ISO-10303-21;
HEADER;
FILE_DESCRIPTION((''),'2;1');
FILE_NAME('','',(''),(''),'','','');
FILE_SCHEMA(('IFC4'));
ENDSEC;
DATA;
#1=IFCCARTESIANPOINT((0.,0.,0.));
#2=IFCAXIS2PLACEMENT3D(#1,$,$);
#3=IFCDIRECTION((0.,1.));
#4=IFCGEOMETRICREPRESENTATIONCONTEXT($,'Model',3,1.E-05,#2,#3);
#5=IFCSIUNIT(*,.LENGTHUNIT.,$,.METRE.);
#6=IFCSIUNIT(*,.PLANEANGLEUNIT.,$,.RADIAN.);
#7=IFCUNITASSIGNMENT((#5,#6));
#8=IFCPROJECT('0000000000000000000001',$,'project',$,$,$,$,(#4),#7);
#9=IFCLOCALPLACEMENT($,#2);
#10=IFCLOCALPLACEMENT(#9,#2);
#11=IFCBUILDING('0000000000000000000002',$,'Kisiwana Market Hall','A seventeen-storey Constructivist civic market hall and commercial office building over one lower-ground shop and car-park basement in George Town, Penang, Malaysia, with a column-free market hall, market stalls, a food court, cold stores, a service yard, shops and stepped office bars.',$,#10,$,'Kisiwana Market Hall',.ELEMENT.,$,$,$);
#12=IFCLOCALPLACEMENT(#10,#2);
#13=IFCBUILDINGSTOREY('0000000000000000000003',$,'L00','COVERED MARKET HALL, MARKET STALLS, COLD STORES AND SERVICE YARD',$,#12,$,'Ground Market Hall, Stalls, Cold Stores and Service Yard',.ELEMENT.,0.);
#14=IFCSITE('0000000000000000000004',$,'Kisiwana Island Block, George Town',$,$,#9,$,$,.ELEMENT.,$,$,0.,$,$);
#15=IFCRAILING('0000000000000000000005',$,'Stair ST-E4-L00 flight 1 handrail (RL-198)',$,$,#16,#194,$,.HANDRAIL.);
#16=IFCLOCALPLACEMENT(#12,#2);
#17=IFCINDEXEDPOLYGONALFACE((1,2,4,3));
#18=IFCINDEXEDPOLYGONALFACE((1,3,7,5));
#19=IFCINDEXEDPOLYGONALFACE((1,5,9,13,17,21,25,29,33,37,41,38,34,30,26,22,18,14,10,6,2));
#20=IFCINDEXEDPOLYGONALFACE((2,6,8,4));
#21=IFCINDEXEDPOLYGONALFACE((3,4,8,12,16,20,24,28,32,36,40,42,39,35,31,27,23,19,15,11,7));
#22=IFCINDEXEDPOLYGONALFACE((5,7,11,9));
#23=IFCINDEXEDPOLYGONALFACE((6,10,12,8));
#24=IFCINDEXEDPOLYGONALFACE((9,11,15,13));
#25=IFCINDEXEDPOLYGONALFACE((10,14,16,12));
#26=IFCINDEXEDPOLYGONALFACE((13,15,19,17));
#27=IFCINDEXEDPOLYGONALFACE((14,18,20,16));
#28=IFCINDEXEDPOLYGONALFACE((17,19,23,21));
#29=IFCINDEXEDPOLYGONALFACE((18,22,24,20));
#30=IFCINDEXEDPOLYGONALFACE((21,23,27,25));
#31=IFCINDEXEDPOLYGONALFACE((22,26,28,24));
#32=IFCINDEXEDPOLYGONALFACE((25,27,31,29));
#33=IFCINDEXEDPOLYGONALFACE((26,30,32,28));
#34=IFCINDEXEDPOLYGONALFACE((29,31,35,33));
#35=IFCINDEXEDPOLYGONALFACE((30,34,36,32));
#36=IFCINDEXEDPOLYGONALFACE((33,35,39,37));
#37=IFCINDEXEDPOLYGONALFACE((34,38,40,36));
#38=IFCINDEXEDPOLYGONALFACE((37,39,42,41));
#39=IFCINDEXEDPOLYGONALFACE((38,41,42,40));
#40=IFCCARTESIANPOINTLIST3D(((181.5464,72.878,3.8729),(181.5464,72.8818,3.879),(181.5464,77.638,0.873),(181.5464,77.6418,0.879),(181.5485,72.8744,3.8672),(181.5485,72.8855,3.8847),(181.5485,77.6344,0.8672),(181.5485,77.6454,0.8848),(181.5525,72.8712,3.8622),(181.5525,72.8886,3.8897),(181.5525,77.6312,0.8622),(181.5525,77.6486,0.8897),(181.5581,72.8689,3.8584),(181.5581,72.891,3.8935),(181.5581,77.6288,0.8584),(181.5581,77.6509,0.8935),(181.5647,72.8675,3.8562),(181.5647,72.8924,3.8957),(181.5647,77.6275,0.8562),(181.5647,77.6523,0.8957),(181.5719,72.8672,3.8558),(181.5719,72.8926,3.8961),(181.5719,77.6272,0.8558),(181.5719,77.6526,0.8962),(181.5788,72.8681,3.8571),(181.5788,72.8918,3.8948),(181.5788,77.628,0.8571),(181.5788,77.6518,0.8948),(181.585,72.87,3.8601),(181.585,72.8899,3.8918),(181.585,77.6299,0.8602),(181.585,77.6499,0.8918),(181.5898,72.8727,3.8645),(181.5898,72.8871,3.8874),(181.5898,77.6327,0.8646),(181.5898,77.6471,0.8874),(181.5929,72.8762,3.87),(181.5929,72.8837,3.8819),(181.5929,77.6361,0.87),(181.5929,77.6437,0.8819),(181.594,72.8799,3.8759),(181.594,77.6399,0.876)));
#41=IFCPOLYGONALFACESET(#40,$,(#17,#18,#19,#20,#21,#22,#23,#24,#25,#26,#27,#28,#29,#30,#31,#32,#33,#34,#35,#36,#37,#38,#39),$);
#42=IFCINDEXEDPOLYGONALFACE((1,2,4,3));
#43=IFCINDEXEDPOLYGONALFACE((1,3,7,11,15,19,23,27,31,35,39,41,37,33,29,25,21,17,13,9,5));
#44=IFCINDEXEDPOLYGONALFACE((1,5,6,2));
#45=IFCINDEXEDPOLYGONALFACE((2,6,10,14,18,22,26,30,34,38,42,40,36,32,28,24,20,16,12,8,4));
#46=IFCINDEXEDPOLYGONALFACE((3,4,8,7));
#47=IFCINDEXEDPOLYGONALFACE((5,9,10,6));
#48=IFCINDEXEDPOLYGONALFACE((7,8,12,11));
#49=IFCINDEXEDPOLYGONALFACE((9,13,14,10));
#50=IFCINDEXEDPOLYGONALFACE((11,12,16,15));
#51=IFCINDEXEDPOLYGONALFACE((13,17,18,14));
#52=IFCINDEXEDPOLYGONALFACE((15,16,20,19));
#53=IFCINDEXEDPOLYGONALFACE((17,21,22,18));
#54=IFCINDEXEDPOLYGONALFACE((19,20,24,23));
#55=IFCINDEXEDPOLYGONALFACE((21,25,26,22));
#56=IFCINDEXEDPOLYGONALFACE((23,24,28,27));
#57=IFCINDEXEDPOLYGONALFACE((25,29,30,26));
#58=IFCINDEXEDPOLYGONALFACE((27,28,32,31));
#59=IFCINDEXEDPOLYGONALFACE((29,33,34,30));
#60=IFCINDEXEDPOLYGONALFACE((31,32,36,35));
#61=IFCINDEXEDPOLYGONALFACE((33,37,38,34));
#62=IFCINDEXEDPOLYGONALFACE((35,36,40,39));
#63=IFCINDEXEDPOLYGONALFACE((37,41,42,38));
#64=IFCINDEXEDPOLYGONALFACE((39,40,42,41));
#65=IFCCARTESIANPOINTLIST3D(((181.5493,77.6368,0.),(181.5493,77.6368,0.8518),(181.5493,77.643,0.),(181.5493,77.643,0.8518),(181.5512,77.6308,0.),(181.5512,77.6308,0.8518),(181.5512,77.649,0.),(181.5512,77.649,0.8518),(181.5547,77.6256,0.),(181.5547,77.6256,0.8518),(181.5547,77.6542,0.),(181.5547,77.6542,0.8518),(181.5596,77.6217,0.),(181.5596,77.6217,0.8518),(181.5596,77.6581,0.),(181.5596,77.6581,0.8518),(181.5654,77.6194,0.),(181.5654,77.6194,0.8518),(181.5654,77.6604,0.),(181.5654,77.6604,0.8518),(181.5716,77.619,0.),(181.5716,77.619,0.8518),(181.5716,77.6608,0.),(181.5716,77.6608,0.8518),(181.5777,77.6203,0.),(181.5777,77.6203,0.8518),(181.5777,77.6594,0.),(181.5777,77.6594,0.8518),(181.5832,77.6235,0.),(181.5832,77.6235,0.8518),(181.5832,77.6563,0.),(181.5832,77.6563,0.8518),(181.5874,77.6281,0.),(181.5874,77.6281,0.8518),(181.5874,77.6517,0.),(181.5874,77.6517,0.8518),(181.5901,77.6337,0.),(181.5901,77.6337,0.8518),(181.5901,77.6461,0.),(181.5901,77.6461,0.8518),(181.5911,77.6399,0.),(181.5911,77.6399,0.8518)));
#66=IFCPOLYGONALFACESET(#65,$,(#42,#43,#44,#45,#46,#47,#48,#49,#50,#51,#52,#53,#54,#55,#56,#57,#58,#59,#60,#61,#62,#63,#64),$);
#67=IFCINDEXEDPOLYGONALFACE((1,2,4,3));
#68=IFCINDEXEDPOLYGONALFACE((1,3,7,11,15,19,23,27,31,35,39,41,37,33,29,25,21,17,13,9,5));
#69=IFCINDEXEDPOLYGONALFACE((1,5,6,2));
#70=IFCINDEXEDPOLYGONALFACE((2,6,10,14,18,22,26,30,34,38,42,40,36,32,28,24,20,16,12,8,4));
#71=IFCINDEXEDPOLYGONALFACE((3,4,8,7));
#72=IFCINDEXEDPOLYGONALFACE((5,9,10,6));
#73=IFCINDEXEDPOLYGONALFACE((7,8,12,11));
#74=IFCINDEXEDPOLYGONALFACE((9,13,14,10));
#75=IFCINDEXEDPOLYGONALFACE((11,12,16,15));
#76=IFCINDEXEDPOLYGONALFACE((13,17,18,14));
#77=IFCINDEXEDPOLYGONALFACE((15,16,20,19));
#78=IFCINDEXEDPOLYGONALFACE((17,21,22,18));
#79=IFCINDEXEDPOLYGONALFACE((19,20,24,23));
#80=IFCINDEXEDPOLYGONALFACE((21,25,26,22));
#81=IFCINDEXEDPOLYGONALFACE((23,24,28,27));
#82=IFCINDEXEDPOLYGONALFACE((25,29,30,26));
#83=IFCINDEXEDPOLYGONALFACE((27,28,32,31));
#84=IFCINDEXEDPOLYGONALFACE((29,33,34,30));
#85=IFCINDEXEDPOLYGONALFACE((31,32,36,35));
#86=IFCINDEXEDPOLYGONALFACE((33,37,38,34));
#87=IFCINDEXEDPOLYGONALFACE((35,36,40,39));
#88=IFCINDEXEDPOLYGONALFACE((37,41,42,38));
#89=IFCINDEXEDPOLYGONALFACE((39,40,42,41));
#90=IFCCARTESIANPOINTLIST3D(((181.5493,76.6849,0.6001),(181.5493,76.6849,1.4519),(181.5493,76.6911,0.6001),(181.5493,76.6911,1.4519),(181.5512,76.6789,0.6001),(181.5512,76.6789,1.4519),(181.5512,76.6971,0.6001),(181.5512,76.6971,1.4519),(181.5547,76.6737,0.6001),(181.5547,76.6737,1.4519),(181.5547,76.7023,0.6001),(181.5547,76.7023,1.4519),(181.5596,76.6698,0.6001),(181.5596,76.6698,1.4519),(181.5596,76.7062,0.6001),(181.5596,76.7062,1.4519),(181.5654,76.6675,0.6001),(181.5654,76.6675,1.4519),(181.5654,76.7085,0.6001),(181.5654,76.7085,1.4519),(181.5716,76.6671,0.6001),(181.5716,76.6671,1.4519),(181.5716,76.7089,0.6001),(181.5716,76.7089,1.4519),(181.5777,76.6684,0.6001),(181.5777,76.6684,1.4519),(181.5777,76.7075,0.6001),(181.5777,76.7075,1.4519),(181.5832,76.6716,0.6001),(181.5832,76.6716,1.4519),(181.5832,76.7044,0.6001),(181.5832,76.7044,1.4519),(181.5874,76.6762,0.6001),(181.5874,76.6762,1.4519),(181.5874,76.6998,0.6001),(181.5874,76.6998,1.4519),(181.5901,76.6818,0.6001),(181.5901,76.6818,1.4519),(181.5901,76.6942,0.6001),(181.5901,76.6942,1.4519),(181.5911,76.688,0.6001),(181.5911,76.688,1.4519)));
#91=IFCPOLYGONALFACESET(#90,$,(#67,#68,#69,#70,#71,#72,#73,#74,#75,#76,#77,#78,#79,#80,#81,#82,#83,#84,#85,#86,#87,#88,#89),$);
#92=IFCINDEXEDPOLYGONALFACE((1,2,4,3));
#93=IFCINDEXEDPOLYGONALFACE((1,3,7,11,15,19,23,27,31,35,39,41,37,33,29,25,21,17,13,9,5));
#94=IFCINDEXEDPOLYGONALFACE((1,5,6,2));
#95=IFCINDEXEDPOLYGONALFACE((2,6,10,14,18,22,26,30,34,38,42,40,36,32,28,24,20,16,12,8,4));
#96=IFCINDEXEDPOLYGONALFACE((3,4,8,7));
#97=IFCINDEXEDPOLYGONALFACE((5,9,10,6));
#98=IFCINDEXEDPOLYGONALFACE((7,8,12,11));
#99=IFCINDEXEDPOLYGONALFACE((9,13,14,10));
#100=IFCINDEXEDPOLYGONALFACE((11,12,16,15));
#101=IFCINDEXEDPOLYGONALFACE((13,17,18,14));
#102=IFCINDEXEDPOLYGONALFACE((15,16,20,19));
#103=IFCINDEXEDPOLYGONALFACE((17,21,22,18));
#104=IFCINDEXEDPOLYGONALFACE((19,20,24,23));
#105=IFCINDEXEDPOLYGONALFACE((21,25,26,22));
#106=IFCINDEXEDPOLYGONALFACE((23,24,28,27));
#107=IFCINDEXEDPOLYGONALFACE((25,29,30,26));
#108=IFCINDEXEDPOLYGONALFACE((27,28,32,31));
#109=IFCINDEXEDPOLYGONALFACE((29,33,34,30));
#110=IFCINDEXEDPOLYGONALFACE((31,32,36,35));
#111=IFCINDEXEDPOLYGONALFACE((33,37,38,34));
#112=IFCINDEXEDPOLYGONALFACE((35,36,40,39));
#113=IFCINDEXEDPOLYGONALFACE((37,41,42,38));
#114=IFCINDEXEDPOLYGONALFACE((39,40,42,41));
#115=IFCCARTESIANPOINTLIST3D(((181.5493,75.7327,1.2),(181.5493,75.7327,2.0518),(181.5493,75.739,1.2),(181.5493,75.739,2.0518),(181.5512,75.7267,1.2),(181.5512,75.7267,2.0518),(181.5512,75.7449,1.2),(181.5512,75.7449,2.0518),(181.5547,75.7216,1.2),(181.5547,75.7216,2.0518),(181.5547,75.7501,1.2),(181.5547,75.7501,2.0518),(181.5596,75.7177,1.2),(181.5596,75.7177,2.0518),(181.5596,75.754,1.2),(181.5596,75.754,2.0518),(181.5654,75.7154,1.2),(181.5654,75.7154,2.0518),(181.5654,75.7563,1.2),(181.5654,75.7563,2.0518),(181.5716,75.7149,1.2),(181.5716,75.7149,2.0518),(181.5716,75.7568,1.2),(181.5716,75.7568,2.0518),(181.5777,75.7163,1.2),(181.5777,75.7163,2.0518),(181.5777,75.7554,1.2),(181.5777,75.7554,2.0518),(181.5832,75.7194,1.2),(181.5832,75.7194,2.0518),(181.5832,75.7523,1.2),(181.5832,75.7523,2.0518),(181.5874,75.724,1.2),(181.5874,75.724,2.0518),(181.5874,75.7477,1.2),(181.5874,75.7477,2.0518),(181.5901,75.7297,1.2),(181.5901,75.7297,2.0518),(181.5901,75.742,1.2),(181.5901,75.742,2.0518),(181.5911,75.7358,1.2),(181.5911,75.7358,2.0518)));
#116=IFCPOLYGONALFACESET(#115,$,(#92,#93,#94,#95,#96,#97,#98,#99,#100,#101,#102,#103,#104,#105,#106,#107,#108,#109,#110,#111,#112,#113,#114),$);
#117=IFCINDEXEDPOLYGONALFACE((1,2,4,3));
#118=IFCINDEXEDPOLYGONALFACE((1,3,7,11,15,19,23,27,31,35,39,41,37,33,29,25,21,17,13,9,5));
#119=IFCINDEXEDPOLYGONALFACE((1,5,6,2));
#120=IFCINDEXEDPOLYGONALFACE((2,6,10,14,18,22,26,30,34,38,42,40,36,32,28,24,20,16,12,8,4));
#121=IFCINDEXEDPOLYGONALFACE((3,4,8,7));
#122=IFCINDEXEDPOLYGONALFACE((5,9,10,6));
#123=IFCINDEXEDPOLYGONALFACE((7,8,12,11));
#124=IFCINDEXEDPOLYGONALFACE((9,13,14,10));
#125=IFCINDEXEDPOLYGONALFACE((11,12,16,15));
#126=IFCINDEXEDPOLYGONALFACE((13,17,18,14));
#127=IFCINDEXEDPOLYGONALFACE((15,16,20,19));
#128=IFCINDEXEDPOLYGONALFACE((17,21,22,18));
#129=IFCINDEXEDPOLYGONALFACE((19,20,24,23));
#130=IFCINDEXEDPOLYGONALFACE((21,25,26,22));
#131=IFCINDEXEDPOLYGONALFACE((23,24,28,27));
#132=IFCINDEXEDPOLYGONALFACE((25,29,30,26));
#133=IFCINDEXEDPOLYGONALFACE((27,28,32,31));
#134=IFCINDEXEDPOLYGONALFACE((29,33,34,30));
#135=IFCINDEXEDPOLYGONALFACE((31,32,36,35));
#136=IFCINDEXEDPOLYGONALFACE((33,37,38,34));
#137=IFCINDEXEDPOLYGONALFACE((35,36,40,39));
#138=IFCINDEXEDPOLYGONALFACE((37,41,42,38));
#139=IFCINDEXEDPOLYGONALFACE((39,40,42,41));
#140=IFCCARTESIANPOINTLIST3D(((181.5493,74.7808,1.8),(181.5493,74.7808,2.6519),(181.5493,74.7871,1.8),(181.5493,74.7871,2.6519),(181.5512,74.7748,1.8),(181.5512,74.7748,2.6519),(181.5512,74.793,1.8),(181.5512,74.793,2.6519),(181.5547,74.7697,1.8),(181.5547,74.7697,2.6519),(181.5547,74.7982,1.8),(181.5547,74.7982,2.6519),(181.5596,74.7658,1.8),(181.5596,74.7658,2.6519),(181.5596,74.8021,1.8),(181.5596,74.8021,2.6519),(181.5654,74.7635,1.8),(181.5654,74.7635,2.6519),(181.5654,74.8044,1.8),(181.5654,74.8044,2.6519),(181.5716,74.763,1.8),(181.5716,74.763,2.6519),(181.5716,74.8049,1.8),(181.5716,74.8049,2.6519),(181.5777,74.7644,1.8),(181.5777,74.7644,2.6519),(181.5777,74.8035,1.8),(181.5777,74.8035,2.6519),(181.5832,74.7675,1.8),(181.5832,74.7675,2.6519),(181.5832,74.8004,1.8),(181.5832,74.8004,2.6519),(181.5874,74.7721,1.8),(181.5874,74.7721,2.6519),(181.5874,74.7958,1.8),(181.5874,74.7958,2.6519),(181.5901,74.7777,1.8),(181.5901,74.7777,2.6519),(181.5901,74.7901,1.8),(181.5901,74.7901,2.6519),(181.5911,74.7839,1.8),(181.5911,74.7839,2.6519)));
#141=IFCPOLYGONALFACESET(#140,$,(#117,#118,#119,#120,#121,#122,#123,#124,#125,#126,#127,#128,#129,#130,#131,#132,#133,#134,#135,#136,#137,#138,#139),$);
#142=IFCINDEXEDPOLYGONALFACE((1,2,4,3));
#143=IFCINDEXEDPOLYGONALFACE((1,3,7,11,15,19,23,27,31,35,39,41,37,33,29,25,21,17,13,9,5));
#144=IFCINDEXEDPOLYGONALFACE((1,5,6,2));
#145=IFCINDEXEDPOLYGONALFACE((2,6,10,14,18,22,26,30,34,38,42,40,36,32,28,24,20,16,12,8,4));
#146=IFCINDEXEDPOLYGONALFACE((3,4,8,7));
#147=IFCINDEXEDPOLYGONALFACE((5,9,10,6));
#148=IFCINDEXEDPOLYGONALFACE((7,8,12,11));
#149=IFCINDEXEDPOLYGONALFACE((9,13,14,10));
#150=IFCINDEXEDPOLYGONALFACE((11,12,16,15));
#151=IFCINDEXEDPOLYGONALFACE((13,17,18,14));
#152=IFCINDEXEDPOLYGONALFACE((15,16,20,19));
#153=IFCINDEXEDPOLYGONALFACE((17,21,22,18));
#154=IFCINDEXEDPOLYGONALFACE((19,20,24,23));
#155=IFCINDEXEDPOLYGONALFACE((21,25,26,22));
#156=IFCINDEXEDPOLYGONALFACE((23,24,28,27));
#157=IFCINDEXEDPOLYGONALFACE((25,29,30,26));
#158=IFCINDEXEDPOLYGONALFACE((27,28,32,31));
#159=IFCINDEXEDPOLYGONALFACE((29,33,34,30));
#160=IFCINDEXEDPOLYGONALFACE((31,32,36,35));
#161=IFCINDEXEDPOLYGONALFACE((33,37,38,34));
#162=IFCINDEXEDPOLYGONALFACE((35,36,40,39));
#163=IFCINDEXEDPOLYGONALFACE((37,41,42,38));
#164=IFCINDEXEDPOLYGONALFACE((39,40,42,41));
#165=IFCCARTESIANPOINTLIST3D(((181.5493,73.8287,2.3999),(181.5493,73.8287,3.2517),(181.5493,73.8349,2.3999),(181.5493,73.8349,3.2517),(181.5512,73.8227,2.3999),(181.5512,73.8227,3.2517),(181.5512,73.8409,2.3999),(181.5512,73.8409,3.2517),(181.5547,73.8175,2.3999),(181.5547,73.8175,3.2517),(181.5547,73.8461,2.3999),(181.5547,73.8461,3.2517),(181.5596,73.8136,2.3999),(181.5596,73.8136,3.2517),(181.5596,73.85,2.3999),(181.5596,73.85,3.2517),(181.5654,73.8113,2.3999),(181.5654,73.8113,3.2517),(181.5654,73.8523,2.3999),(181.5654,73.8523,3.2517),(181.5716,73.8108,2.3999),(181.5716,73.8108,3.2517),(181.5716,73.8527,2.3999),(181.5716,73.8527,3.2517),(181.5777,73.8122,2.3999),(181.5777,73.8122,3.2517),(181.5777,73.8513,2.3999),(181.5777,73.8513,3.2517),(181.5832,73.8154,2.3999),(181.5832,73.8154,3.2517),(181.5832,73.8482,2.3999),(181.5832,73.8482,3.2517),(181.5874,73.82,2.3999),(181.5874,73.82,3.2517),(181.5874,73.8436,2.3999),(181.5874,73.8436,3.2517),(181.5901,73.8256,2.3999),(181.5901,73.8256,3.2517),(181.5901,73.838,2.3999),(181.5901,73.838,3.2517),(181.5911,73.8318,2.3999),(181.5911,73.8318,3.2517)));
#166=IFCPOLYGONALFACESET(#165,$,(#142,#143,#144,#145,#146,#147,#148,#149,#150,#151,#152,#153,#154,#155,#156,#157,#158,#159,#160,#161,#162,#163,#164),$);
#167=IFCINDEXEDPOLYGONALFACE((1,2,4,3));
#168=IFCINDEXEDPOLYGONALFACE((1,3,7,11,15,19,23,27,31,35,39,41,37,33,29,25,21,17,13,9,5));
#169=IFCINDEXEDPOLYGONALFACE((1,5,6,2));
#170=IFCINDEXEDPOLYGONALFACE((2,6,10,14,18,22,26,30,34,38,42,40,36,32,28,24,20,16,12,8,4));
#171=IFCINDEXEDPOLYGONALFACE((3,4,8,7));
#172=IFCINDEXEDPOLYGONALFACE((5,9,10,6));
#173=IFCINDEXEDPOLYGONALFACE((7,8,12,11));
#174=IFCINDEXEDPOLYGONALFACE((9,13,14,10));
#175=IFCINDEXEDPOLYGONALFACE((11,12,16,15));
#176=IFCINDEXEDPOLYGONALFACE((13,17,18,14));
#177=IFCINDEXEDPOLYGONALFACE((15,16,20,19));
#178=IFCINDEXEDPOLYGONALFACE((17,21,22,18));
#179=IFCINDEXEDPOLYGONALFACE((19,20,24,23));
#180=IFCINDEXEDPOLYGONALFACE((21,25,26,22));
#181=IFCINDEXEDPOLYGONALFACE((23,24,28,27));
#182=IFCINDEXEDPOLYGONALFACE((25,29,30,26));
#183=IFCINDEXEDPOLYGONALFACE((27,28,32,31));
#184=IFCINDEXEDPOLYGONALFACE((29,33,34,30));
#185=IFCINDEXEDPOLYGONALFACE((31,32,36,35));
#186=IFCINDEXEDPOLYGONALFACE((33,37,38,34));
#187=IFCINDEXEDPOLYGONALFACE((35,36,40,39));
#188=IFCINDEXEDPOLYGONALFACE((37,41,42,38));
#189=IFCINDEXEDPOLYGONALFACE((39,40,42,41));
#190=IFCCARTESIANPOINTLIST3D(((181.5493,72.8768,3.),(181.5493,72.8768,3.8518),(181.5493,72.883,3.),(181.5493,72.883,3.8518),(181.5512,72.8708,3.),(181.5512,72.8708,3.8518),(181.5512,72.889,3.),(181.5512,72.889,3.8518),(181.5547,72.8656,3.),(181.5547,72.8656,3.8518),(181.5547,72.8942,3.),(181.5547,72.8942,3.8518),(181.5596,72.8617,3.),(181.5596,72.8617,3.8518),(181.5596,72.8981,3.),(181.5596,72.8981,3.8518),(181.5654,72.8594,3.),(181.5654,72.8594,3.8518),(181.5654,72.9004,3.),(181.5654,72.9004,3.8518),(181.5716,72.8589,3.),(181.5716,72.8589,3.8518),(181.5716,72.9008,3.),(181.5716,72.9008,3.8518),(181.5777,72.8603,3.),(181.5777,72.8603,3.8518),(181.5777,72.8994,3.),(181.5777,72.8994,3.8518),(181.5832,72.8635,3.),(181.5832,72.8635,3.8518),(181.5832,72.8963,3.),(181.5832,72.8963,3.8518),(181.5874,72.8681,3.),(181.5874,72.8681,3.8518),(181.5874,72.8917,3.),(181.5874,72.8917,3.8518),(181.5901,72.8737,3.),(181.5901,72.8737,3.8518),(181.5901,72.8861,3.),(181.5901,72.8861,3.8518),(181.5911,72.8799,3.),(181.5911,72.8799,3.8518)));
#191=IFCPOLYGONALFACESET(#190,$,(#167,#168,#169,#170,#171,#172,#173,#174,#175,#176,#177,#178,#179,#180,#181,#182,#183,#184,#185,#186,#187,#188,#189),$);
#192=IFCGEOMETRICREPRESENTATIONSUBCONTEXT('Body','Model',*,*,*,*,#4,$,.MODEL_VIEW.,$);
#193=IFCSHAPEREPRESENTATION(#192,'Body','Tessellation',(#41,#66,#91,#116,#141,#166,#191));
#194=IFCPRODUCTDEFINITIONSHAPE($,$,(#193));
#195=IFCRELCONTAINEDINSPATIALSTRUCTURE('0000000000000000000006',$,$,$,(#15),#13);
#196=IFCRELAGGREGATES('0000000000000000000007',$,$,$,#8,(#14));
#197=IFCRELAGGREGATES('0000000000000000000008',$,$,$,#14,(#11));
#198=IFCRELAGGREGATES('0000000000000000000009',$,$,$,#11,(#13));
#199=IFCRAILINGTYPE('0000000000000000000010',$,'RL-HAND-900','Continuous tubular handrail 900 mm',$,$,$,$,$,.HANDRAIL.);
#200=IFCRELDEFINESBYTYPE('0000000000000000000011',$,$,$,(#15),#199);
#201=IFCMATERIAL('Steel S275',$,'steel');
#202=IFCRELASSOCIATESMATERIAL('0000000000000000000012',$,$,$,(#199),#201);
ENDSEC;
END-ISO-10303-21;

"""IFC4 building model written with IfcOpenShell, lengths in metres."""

from ifc_helpers import new_model, si_unit, direction, frame, origin, origin_2d, place, context, subcontext, project, spatial, circle, extrude, material, type_object, element, save


model = new_model("IFC4")

# Units and contexts
model_context = context("Model", 3, precision=1e-05, world=origin(), true_north=direction((0.0, 1.0)))
body_context = subcontext(model_context, "Body", "Model", "MODEL_VIEW")
ifc_project = project(units=[si_unit("LENGTHUNIT", "METRE"), si_unit("PLANEANGLEUNIT", "RADIAN")], contexts=[model_context])

# Site, building, storey
site_placement = place(None, origin())
site = spatial("IfcSite", under=ifc_project, at=site_placement, Name="Kisiwana Island Block, George Town", CompositionType="ELEMENT", RefElevation=0.0)
building_placement = place(site_placement, origin())
building = spatial("IfcBuilding", under=site, at=building_placement, Name="Kisiwana Market Hall", Description="A seventeen-storey Constructivist civic market hall and commercial office building over one lower-ground shop and car-park basement in George Town, Penang, Malaysia, with a column-free market hall, market stalls, a food court, cold stores, a service yard, shops and stepped office bars.", LongName="Kisiwana Market Hall", CompositionType="ELEMENT")
storey_placement = place(building_placement, origin())
storey = spatial("IfcBuildingStorey", under=building, at=storey_placement, Name="L00", Description="COVERED MARKET HALL, MARKET STALLS, COLD STORES AND SERVICE YARD", LongName="Ground Market Hall, Stalls, Cold Stores and Service Yard", CompositionType="ELEMENT", Elevation=0.0)

# Railing
ifc_material_1 = material(Name="Steel S275", Category="steel")
railing_type_1 = type_object("IfcRailingType", Name="RL-HAND-900", Description="Continuous tubular handrail 900 mm", PredefinedType="HANDRAIL", material=ifc_material_1)
for number, where, name in (
    (1, (181.5701, 77.6399, 0.0), "Stair ST-E4-L00 flight 1 handrail (RL-198)"),
):
    element("IfcRailing", number, at=place(storey_placement, frame(where)), inside=storey, type_object=railing_type_1, Name=name, PredefinedType="HANDRAIL", context=body_context, shape_type="SweptSolid", body=[
        extrude(circle(Radius=0.0239, at=origin_2d()), frame((0.0, 0.0, 0.876), z_axis=(0.0, -0.845996, 0.53319), x_axis=(1.0, 0.0, 0.0)), (0.0, 0.0, 1.0), 5.6265),
        extrude(circle(Radius=0.021, at=origin_2d()), origin(), (0.0, 0.0, 1.0), 0.8518),
        extrude(circle(Radius=0.021, at=origin_2d()), frame((0.0, -0.9519, 0.6001)), (0.0, 0.0, 1.0), 0.8518),
        extrude(circle(Radius=0.021, at=origin_2d()), frame((0.0, -1.9041, 1.2)), (0.0, 0.0, 1.0), 0.8518),
        extrude(circle(Radius=0.021, at=origin_2d()), frame((0.0, -2.856, 1.8)), (0.0, 0.0, 1.0), 0.8518),
        extrude(circle(Radius=0.021, at=origin_2d()), frame((0.0, -3.8081, 2.3999)), (0.0, 0.0, 1.0), 0.8518),
        extrude(circle(Radius=0.021, at=origin_2d()), frame((0.0, -4.76, 3.0)), (0.0, 0.0, 1.0), 0.8518),
    ])

save(model, "model.ifc")
